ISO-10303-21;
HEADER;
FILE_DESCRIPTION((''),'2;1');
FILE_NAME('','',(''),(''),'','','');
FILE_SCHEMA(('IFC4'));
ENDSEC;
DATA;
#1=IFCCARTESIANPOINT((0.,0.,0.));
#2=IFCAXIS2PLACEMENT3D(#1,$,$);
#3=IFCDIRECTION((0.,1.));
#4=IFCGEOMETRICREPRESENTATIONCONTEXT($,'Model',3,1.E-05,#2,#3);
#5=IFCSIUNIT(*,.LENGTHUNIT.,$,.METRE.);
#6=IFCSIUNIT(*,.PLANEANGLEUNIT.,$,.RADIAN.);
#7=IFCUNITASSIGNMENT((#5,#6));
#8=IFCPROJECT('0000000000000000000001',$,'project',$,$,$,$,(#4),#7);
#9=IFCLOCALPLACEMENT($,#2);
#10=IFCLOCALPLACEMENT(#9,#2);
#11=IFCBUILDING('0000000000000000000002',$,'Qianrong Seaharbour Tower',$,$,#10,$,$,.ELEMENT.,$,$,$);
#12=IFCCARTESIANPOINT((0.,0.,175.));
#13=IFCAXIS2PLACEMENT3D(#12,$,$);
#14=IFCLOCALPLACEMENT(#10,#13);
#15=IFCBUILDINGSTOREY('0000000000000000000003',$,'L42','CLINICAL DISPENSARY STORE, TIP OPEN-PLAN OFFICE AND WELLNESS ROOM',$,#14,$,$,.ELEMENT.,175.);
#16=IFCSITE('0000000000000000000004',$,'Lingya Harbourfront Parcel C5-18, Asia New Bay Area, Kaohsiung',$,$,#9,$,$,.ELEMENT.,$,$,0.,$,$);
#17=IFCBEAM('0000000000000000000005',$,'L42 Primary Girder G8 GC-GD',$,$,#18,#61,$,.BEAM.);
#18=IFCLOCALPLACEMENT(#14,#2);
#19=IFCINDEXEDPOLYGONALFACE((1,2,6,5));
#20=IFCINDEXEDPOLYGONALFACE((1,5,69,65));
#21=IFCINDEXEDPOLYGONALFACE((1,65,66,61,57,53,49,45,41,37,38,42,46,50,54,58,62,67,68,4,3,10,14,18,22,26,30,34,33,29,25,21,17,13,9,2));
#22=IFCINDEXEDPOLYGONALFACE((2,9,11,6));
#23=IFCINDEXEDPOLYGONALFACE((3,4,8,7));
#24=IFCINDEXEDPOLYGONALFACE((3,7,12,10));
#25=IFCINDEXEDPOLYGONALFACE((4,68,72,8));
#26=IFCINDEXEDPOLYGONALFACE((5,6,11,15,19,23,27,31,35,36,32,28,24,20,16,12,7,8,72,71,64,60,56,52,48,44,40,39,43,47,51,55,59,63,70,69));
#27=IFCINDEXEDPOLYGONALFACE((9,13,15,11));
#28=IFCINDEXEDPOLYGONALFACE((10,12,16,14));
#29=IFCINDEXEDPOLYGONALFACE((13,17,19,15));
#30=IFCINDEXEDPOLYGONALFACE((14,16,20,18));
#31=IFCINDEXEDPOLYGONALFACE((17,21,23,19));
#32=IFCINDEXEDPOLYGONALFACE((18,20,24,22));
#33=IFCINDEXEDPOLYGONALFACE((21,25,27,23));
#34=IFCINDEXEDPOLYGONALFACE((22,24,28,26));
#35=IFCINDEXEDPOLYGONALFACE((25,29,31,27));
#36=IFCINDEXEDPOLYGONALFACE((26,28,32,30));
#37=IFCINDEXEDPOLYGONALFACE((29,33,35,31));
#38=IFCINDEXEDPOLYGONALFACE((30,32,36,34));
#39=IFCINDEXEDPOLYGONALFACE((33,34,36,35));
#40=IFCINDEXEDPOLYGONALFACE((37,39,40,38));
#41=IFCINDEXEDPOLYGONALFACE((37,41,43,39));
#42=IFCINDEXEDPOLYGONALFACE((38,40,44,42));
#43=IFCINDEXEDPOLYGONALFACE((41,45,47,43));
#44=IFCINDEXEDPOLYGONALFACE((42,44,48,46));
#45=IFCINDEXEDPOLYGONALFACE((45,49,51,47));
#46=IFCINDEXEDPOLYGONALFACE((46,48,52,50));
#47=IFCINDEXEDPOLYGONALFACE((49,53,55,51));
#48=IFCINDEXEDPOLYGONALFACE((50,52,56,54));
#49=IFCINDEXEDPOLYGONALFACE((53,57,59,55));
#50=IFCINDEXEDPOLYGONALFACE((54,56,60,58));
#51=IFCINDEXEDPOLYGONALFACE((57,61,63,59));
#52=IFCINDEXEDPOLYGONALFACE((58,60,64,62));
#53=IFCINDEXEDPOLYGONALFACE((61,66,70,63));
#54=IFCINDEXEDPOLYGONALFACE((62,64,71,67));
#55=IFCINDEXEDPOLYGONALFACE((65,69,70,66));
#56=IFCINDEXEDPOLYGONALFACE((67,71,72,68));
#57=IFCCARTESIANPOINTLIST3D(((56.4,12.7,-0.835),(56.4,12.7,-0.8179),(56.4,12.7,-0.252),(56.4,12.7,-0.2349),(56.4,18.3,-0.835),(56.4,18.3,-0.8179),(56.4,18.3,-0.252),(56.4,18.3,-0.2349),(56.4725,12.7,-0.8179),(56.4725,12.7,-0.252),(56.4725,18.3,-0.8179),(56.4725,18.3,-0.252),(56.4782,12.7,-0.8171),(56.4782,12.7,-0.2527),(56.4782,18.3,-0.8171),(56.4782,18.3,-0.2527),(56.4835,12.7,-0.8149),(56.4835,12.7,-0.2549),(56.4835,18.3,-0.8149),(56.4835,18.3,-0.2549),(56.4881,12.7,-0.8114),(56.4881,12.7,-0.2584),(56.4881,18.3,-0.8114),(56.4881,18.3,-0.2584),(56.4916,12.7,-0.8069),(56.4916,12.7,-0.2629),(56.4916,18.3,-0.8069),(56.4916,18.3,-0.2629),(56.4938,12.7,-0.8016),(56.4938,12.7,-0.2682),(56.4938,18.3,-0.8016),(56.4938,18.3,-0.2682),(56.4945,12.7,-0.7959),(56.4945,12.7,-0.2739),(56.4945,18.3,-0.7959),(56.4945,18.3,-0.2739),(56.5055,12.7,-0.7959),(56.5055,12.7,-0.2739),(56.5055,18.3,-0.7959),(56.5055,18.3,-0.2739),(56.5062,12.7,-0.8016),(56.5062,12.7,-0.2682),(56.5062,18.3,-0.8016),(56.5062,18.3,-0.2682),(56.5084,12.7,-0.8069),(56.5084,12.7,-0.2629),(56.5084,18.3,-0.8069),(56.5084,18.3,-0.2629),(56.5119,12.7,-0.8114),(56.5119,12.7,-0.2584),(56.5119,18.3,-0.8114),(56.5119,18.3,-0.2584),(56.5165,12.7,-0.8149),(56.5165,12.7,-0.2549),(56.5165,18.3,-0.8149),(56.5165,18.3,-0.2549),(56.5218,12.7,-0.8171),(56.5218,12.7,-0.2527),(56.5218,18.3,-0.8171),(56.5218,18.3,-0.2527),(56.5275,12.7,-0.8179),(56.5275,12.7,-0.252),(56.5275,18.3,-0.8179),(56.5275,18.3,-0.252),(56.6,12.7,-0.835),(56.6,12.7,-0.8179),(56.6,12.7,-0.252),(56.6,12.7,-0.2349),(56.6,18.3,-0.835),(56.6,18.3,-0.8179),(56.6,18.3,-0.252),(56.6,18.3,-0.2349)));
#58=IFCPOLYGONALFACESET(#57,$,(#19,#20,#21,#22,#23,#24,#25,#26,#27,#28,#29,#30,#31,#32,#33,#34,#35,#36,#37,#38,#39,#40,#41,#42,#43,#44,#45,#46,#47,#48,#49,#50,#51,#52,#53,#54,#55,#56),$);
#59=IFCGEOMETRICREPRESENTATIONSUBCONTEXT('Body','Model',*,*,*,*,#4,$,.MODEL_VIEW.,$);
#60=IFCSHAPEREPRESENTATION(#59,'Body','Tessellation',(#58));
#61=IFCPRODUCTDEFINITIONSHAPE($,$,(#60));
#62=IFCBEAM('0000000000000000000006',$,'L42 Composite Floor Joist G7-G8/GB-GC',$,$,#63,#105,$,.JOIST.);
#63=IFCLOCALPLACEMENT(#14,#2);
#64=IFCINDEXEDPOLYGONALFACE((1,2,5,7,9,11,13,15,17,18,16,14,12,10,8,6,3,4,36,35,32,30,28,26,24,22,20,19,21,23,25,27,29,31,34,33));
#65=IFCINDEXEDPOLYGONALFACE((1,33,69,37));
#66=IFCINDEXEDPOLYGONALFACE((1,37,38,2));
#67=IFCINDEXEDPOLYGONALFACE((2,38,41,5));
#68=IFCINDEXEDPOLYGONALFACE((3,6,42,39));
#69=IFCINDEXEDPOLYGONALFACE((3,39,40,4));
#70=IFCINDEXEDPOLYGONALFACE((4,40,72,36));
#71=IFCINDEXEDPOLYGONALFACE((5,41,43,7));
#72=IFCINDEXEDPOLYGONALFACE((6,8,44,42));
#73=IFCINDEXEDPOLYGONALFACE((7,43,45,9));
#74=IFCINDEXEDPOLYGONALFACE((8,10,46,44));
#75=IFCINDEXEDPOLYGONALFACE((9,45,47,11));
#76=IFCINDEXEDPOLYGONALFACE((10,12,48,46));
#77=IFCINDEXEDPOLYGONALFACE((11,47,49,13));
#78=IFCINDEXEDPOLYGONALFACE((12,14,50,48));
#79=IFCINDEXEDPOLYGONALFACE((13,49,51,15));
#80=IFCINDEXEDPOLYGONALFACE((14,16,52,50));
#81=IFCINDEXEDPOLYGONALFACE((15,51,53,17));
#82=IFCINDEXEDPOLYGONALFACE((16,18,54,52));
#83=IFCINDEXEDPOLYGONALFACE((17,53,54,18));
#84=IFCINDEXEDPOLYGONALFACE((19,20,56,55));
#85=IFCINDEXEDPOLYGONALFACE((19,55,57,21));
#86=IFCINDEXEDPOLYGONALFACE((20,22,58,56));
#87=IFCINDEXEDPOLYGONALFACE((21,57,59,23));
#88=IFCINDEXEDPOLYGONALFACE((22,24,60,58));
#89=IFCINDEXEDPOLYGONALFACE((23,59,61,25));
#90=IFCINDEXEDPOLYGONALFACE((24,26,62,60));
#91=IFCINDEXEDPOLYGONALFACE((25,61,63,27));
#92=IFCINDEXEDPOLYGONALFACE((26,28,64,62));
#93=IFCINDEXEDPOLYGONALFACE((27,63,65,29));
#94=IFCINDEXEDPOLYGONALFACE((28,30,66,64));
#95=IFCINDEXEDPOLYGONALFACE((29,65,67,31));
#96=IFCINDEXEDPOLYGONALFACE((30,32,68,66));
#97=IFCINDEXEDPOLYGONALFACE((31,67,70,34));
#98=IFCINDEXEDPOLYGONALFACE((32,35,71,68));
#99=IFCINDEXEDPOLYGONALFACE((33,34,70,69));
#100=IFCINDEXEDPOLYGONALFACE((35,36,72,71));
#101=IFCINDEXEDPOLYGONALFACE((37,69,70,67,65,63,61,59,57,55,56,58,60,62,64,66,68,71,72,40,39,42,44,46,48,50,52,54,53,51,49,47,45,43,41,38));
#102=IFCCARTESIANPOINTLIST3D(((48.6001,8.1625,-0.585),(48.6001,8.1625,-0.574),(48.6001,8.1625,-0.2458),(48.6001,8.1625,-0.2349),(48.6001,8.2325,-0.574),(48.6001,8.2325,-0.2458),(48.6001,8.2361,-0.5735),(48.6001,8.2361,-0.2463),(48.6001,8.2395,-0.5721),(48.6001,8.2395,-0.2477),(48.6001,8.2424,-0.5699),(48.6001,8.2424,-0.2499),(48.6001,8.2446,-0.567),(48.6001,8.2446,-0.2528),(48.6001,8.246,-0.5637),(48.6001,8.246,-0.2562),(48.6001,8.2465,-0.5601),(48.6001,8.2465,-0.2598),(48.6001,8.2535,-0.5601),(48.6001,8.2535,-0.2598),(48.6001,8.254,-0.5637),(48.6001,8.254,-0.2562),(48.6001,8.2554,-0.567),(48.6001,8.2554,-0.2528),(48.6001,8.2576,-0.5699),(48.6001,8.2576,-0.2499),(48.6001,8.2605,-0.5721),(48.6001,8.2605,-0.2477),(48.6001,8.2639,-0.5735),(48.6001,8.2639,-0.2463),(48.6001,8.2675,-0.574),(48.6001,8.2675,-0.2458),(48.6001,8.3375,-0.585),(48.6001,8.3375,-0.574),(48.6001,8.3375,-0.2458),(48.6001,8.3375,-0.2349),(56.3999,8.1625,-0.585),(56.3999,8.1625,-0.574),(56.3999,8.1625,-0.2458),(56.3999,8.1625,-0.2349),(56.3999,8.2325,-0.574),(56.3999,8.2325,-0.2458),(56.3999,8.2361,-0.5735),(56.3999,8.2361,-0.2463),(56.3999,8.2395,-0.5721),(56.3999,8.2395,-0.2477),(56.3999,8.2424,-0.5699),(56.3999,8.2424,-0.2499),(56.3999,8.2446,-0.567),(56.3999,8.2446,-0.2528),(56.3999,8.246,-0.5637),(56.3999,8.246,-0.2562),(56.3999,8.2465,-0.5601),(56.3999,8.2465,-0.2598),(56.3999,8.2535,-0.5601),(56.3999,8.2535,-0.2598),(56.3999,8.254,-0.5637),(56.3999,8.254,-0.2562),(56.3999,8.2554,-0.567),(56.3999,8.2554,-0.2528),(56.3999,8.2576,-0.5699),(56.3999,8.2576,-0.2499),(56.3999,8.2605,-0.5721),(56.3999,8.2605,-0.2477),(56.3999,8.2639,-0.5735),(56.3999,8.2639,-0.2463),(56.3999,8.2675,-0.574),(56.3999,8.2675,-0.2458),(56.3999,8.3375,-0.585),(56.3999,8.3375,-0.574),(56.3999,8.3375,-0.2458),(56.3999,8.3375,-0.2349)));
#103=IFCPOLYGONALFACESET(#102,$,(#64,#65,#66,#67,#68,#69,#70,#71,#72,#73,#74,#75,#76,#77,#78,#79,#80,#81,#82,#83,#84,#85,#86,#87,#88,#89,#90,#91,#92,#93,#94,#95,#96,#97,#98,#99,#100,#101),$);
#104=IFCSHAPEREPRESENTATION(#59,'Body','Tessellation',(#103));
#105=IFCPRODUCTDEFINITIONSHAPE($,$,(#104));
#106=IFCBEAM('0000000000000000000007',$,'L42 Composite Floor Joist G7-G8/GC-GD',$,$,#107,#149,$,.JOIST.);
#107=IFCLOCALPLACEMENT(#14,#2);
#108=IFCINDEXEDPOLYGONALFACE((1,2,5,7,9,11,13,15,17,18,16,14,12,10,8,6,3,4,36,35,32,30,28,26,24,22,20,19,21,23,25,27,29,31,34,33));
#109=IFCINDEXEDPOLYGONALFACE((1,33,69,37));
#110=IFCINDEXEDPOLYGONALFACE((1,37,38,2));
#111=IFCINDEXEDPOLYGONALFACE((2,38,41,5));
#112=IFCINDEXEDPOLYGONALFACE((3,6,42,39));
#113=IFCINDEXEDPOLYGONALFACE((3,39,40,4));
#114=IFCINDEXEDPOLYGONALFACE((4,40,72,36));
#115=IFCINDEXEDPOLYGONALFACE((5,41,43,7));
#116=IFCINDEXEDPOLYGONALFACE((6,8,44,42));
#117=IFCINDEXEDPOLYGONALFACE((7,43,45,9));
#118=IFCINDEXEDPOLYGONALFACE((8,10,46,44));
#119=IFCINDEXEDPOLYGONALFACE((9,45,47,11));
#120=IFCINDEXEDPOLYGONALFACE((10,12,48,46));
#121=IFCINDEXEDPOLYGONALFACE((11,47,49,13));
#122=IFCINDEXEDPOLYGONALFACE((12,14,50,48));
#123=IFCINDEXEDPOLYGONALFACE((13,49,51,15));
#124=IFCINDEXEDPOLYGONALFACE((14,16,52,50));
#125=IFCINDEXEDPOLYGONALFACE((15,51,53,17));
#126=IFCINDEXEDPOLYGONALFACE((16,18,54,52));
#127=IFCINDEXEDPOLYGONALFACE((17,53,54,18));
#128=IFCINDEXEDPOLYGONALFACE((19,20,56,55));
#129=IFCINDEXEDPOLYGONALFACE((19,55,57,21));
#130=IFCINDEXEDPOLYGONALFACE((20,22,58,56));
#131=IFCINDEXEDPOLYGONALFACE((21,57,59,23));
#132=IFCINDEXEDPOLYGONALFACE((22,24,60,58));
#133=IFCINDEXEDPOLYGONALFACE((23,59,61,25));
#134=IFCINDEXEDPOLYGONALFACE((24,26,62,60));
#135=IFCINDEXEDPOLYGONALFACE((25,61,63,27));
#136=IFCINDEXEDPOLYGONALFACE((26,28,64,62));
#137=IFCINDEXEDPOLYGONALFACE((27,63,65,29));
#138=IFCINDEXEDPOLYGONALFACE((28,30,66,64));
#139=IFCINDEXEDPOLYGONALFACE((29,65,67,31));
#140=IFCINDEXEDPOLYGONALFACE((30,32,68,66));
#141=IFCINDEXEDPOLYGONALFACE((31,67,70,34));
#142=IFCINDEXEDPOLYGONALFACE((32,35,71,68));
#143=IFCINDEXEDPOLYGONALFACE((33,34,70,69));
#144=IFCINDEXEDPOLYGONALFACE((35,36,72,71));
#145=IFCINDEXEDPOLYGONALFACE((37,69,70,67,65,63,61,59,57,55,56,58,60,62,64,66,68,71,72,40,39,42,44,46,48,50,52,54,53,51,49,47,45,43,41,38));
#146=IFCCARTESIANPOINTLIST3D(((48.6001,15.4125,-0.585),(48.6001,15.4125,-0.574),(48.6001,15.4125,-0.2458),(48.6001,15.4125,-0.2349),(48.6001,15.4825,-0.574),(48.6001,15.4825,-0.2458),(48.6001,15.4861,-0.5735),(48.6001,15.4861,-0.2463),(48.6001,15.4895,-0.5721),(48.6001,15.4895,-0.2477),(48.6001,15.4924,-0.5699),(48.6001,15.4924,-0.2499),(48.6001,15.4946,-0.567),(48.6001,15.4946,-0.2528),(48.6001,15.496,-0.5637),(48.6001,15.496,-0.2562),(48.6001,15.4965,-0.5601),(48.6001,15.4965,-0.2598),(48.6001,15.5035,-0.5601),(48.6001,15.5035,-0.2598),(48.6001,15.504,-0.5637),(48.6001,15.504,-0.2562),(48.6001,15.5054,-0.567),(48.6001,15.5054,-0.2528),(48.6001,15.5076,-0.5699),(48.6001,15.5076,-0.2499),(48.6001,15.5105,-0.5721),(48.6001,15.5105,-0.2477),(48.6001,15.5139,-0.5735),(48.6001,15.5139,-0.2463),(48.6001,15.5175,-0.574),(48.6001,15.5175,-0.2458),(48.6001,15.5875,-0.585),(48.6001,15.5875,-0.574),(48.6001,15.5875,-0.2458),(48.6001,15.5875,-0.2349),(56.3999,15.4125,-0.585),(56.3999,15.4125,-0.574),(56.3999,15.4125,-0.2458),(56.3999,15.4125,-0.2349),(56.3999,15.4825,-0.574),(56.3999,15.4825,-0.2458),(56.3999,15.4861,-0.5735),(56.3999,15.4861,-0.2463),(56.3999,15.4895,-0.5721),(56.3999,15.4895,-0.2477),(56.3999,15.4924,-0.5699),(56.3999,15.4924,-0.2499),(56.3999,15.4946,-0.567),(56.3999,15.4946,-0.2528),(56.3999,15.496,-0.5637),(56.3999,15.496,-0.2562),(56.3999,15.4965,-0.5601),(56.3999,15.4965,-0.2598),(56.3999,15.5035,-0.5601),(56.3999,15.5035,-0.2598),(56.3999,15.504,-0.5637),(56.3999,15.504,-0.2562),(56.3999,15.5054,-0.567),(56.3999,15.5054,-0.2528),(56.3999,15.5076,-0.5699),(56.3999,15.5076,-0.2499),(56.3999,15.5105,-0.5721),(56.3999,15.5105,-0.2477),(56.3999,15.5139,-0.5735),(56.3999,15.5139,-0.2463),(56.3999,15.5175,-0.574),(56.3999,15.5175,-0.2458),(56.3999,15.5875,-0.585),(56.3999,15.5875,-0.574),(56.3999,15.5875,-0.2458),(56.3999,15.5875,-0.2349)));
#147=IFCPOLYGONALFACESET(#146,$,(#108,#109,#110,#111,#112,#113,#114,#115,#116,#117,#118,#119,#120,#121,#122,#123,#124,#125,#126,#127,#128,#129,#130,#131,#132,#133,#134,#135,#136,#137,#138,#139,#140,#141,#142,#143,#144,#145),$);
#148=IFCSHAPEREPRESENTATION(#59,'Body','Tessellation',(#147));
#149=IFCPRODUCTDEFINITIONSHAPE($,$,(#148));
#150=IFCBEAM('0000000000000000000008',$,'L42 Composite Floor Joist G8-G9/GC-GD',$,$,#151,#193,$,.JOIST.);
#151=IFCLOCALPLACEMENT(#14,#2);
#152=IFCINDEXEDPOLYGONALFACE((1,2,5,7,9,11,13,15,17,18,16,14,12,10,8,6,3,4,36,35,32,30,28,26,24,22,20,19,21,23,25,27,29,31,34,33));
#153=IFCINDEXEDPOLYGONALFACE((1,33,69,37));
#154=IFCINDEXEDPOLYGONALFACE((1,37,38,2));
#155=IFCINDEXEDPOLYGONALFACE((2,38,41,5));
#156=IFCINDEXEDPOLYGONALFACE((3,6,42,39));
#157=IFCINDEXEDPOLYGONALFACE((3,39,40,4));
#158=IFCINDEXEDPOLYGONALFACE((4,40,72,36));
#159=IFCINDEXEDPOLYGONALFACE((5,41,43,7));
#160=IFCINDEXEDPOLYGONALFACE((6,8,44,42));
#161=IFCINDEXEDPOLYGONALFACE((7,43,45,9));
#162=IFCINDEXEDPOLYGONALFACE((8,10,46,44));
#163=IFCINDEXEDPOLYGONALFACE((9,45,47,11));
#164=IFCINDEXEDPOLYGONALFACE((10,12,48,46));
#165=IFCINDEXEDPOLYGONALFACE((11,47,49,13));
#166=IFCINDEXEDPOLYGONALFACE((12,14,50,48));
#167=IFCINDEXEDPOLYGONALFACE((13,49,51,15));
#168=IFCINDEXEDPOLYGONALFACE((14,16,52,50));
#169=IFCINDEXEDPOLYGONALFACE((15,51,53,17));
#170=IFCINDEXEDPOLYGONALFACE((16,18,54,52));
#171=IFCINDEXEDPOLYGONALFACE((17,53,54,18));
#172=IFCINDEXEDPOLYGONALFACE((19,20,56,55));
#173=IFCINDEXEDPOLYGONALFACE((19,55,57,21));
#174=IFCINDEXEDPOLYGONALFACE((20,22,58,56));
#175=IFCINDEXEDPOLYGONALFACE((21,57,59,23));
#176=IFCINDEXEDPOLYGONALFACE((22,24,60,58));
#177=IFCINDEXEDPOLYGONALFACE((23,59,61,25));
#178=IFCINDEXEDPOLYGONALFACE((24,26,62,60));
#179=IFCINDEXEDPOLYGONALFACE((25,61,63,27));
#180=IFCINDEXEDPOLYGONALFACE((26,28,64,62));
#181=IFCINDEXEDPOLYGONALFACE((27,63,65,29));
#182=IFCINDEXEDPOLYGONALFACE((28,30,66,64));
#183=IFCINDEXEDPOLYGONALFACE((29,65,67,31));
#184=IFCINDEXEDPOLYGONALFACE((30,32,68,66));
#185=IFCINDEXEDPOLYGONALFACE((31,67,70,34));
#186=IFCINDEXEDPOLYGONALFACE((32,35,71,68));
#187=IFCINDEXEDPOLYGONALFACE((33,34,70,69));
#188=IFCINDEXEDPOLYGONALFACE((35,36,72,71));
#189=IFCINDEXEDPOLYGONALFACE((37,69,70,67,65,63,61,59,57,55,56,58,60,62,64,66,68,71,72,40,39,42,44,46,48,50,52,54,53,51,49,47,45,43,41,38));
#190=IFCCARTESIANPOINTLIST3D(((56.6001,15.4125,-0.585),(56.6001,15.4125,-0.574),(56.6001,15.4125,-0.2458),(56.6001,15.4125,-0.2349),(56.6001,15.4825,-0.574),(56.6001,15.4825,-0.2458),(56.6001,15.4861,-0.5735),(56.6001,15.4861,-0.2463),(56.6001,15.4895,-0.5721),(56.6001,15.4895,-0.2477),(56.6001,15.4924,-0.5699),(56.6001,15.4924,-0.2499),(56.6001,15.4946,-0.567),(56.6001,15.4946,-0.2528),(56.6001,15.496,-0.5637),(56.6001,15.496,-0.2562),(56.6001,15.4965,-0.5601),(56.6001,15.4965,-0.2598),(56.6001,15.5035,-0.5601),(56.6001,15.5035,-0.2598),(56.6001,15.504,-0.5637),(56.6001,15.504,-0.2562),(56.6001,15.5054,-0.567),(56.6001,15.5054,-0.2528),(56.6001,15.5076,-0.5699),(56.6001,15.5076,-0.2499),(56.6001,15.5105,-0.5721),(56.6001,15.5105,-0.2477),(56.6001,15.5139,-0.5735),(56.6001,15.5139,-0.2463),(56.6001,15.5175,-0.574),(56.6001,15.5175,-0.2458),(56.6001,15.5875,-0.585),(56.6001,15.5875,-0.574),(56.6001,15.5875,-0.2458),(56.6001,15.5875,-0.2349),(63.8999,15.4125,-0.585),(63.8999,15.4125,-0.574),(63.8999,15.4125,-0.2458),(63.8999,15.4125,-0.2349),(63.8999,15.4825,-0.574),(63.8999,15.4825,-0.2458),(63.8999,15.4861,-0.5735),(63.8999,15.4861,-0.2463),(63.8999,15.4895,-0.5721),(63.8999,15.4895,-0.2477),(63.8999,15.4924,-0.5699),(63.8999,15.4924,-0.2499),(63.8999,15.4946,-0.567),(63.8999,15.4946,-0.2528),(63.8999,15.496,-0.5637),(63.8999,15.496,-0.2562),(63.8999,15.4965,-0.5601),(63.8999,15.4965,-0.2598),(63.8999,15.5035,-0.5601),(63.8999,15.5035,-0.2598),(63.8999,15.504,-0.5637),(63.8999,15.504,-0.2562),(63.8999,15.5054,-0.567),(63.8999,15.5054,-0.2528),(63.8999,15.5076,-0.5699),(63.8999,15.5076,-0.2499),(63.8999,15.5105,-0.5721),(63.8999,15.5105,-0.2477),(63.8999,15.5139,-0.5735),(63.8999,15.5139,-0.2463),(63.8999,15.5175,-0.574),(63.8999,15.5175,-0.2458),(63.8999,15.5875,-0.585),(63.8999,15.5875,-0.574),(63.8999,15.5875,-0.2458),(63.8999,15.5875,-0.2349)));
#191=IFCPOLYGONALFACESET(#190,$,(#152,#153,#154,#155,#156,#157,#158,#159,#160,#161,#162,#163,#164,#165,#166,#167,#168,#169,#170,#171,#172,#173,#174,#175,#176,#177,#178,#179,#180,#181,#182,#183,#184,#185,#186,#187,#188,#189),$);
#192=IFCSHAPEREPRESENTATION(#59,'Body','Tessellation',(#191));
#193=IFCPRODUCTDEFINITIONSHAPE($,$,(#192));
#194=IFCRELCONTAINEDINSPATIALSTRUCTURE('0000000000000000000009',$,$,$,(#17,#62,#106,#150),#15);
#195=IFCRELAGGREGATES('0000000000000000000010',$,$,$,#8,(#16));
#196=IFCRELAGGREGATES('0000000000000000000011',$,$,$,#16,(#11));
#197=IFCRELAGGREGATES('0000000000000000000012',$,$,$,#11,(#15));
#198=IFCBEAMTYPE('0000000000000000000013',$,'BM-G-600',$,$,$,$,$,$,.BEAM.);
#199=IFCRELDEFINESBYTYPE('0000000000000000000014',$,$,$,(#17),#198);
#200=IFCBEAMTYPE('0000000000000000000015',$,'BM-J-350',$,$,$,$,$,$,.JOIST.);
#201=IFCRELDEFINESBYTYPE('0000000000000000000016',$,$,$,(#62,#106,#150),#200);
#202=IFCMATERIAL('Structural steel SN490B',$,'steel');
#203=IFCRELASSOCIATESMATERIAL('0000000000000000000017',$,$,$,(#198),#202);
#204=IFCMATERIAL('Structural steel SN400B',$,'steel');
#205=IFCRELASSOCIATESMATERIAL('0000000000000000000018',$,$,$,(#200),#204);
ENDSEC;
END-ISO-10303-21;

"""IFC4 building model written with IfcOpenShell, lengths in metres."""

from ifc_helpers import new_model, si_unit, direction, frame, origin, origin_2d, place, context, subcontext, project, spatial, i_section, extrude, material, material_profile, profile_set, type_object, element, save


model = new_model("IFC4")

# Units and contexts
model_context = context("Model", 3, precision=1e-05, world=origin(), true_north=direction((0.0, 1.0)))
body_context = subcontext(model_context, "Body", "Model", "MODEL_VIEW")
ifc_project = project(units=[si_unit("LENGTHUNIT", "METRE"), si_unit("PLANEANGLEUNIT", "RADIAN")], contexts=[model_context])

# Site, building, storey
site_placement = place(None, origin())
site = spatial("IfcSite", under=ifc_project, at=site_placement, Name="Lingya Harbourfront Parcel C5-18, Asia New Bay Area, Kaohsiung", CompositionType="ELEMENT", RefElevation=0.0)
building_placement = place(site_placement, origin())
building = spatial("IfcBuilding", under=site, at=building_placement, Name="Qianrong Seaharbour Tower", CompositionType="ELEMENT")
storey_placement = place(building_placement, frame((0.0, 0.0, 175.0)))
storey = spatial("IfcBuildingStorey", under=building, at=storey_placement, Name="L42", Description="CLINICAL DISPENSARY STORE, TIP OPEN-PLAN OFFICE AND WELLNESS ROOM", CompositionType="ELEMENT", Elevation=175.0)

# Shared definitions
ifc_material_1 = material(Name="Structural steel SN490B", Category="steel")

# Beams
ifc_material_profile_1 = material_profile(ifc_material_1, i_section(OverallWidth=0.2, OverallDepth=0.6001, WebThickness=0.011, FlangeThickness=0.0171, FilletRadius=0.022, at=origin_2d()), Name="H600x200x11x17")
ifc_profile_set_1 = profile_set([ifc_material_profile_1], Name="Structural steel SN490B")
beam_type_1 = type_object("IfcBeamType", Name="BM-G-600", PredefinedType="BEAM", material=ifc_profile_set_1)
beam_1_placement = place(storey_placement, frame((56.5, 12.7, -0.5349), z_axis=(0.0, 1.0, 0.0), x_axis=(-1.0, 0.0, 0.0)))
element("IfcBeam", 1, at=beam_1_placement, inside=storey, type_object=beam_type_1, Name="L42 Primary Girder G8 GC-GD", PredefinedType="BEAM", context=body_context, shape_type="SweptSolid", body=[
    extrude(i_section(OverallWidth=0.2, OverallDepth=0.6001, WebThickness=0.011, FlangeThickness=0.0171, FilletRadius=0.022, at=origin_2d()), origin(), (0.0, 0.0, 1.0), 5.6001),
])
ifc_material_2 = material(Name="Structural steel SN400B", Category="steel")
ifc_material_profile_2 = material_profile(ifc_material_2, i_section(OverallWidth=0.175, OverallDepth=0.3501, WebThickness=0.0071, FlangeThickness=0.011, FilletRadius=0.0139, at=origin_2d()), Name="H350x175x7x11")
ifc_profile_set_2 = profile_set([ifc_material_profile_2], Name="Structural steel SN400B")
beam_type_2 = type_object("IfcBeamType", Name="BM-J-350", PredefinedType="JOIST", material=ifc_profile_set_2)
for number, where, z_axis, x_axis, name in (
    (2, (48.6001, 8.25, -0.4099), (1.0, 0.0, 0.0), (0.0, 1.0, 0.0), "L42 Composite Floor Joist G7-G8/GB-GC"),
    (3, (48.6001, 15.5, -0.4099), (1.0, 0.0, 0.0), (0.0, 1.0, 0.0), "L42 Composite Floor Joist G7-G8/GC-GD"),
):
    element("IfcBeam", number, at=place(storey_placement, frame(where, z_axis=z_axis, x_axis=x_axis)), inside=storey, type_object=beam_type_2, Name=name, PredefinedType="JOIST", context=body_context, shape_type="SweptSolid", body=[
        extrude(i_section(OverallWidth=0.175, OverallDepth=0.3501, WebThickness=0.0071, FlangeThickness=0.011, FilletRadius=0.0139, at=origin_2d()), origin(), (0.0, 0.0, 1.0), 7.7998),
    ])
beam_2_placement = place(storey_placement, frame((56.6001, 15.5, -0.4099), z_axis=(1.0, 0.0, 0.0), x_axis=(0.0, 1.0, 0.0)))
element("IfcBeam", 4, at=beam_2_placement, inside=storey, type_object=beam_type_2, Name="L42 Composite Floor Joist G8-G9/GC-GD", PredefinedType="JOIST", context=body_context, shape_type="SweptSolid", body=[
    extrude(i_section(OverallWidth=0.175, OverallDepth=0.3501, WebThickness=0.0071, FlangeThickness=0.011, FilletRadius=0.0139, at=origin_2d()), origin(), (0.0, 0.0, 1.0), 7.2998),
])

save(model, "model.ifc")
